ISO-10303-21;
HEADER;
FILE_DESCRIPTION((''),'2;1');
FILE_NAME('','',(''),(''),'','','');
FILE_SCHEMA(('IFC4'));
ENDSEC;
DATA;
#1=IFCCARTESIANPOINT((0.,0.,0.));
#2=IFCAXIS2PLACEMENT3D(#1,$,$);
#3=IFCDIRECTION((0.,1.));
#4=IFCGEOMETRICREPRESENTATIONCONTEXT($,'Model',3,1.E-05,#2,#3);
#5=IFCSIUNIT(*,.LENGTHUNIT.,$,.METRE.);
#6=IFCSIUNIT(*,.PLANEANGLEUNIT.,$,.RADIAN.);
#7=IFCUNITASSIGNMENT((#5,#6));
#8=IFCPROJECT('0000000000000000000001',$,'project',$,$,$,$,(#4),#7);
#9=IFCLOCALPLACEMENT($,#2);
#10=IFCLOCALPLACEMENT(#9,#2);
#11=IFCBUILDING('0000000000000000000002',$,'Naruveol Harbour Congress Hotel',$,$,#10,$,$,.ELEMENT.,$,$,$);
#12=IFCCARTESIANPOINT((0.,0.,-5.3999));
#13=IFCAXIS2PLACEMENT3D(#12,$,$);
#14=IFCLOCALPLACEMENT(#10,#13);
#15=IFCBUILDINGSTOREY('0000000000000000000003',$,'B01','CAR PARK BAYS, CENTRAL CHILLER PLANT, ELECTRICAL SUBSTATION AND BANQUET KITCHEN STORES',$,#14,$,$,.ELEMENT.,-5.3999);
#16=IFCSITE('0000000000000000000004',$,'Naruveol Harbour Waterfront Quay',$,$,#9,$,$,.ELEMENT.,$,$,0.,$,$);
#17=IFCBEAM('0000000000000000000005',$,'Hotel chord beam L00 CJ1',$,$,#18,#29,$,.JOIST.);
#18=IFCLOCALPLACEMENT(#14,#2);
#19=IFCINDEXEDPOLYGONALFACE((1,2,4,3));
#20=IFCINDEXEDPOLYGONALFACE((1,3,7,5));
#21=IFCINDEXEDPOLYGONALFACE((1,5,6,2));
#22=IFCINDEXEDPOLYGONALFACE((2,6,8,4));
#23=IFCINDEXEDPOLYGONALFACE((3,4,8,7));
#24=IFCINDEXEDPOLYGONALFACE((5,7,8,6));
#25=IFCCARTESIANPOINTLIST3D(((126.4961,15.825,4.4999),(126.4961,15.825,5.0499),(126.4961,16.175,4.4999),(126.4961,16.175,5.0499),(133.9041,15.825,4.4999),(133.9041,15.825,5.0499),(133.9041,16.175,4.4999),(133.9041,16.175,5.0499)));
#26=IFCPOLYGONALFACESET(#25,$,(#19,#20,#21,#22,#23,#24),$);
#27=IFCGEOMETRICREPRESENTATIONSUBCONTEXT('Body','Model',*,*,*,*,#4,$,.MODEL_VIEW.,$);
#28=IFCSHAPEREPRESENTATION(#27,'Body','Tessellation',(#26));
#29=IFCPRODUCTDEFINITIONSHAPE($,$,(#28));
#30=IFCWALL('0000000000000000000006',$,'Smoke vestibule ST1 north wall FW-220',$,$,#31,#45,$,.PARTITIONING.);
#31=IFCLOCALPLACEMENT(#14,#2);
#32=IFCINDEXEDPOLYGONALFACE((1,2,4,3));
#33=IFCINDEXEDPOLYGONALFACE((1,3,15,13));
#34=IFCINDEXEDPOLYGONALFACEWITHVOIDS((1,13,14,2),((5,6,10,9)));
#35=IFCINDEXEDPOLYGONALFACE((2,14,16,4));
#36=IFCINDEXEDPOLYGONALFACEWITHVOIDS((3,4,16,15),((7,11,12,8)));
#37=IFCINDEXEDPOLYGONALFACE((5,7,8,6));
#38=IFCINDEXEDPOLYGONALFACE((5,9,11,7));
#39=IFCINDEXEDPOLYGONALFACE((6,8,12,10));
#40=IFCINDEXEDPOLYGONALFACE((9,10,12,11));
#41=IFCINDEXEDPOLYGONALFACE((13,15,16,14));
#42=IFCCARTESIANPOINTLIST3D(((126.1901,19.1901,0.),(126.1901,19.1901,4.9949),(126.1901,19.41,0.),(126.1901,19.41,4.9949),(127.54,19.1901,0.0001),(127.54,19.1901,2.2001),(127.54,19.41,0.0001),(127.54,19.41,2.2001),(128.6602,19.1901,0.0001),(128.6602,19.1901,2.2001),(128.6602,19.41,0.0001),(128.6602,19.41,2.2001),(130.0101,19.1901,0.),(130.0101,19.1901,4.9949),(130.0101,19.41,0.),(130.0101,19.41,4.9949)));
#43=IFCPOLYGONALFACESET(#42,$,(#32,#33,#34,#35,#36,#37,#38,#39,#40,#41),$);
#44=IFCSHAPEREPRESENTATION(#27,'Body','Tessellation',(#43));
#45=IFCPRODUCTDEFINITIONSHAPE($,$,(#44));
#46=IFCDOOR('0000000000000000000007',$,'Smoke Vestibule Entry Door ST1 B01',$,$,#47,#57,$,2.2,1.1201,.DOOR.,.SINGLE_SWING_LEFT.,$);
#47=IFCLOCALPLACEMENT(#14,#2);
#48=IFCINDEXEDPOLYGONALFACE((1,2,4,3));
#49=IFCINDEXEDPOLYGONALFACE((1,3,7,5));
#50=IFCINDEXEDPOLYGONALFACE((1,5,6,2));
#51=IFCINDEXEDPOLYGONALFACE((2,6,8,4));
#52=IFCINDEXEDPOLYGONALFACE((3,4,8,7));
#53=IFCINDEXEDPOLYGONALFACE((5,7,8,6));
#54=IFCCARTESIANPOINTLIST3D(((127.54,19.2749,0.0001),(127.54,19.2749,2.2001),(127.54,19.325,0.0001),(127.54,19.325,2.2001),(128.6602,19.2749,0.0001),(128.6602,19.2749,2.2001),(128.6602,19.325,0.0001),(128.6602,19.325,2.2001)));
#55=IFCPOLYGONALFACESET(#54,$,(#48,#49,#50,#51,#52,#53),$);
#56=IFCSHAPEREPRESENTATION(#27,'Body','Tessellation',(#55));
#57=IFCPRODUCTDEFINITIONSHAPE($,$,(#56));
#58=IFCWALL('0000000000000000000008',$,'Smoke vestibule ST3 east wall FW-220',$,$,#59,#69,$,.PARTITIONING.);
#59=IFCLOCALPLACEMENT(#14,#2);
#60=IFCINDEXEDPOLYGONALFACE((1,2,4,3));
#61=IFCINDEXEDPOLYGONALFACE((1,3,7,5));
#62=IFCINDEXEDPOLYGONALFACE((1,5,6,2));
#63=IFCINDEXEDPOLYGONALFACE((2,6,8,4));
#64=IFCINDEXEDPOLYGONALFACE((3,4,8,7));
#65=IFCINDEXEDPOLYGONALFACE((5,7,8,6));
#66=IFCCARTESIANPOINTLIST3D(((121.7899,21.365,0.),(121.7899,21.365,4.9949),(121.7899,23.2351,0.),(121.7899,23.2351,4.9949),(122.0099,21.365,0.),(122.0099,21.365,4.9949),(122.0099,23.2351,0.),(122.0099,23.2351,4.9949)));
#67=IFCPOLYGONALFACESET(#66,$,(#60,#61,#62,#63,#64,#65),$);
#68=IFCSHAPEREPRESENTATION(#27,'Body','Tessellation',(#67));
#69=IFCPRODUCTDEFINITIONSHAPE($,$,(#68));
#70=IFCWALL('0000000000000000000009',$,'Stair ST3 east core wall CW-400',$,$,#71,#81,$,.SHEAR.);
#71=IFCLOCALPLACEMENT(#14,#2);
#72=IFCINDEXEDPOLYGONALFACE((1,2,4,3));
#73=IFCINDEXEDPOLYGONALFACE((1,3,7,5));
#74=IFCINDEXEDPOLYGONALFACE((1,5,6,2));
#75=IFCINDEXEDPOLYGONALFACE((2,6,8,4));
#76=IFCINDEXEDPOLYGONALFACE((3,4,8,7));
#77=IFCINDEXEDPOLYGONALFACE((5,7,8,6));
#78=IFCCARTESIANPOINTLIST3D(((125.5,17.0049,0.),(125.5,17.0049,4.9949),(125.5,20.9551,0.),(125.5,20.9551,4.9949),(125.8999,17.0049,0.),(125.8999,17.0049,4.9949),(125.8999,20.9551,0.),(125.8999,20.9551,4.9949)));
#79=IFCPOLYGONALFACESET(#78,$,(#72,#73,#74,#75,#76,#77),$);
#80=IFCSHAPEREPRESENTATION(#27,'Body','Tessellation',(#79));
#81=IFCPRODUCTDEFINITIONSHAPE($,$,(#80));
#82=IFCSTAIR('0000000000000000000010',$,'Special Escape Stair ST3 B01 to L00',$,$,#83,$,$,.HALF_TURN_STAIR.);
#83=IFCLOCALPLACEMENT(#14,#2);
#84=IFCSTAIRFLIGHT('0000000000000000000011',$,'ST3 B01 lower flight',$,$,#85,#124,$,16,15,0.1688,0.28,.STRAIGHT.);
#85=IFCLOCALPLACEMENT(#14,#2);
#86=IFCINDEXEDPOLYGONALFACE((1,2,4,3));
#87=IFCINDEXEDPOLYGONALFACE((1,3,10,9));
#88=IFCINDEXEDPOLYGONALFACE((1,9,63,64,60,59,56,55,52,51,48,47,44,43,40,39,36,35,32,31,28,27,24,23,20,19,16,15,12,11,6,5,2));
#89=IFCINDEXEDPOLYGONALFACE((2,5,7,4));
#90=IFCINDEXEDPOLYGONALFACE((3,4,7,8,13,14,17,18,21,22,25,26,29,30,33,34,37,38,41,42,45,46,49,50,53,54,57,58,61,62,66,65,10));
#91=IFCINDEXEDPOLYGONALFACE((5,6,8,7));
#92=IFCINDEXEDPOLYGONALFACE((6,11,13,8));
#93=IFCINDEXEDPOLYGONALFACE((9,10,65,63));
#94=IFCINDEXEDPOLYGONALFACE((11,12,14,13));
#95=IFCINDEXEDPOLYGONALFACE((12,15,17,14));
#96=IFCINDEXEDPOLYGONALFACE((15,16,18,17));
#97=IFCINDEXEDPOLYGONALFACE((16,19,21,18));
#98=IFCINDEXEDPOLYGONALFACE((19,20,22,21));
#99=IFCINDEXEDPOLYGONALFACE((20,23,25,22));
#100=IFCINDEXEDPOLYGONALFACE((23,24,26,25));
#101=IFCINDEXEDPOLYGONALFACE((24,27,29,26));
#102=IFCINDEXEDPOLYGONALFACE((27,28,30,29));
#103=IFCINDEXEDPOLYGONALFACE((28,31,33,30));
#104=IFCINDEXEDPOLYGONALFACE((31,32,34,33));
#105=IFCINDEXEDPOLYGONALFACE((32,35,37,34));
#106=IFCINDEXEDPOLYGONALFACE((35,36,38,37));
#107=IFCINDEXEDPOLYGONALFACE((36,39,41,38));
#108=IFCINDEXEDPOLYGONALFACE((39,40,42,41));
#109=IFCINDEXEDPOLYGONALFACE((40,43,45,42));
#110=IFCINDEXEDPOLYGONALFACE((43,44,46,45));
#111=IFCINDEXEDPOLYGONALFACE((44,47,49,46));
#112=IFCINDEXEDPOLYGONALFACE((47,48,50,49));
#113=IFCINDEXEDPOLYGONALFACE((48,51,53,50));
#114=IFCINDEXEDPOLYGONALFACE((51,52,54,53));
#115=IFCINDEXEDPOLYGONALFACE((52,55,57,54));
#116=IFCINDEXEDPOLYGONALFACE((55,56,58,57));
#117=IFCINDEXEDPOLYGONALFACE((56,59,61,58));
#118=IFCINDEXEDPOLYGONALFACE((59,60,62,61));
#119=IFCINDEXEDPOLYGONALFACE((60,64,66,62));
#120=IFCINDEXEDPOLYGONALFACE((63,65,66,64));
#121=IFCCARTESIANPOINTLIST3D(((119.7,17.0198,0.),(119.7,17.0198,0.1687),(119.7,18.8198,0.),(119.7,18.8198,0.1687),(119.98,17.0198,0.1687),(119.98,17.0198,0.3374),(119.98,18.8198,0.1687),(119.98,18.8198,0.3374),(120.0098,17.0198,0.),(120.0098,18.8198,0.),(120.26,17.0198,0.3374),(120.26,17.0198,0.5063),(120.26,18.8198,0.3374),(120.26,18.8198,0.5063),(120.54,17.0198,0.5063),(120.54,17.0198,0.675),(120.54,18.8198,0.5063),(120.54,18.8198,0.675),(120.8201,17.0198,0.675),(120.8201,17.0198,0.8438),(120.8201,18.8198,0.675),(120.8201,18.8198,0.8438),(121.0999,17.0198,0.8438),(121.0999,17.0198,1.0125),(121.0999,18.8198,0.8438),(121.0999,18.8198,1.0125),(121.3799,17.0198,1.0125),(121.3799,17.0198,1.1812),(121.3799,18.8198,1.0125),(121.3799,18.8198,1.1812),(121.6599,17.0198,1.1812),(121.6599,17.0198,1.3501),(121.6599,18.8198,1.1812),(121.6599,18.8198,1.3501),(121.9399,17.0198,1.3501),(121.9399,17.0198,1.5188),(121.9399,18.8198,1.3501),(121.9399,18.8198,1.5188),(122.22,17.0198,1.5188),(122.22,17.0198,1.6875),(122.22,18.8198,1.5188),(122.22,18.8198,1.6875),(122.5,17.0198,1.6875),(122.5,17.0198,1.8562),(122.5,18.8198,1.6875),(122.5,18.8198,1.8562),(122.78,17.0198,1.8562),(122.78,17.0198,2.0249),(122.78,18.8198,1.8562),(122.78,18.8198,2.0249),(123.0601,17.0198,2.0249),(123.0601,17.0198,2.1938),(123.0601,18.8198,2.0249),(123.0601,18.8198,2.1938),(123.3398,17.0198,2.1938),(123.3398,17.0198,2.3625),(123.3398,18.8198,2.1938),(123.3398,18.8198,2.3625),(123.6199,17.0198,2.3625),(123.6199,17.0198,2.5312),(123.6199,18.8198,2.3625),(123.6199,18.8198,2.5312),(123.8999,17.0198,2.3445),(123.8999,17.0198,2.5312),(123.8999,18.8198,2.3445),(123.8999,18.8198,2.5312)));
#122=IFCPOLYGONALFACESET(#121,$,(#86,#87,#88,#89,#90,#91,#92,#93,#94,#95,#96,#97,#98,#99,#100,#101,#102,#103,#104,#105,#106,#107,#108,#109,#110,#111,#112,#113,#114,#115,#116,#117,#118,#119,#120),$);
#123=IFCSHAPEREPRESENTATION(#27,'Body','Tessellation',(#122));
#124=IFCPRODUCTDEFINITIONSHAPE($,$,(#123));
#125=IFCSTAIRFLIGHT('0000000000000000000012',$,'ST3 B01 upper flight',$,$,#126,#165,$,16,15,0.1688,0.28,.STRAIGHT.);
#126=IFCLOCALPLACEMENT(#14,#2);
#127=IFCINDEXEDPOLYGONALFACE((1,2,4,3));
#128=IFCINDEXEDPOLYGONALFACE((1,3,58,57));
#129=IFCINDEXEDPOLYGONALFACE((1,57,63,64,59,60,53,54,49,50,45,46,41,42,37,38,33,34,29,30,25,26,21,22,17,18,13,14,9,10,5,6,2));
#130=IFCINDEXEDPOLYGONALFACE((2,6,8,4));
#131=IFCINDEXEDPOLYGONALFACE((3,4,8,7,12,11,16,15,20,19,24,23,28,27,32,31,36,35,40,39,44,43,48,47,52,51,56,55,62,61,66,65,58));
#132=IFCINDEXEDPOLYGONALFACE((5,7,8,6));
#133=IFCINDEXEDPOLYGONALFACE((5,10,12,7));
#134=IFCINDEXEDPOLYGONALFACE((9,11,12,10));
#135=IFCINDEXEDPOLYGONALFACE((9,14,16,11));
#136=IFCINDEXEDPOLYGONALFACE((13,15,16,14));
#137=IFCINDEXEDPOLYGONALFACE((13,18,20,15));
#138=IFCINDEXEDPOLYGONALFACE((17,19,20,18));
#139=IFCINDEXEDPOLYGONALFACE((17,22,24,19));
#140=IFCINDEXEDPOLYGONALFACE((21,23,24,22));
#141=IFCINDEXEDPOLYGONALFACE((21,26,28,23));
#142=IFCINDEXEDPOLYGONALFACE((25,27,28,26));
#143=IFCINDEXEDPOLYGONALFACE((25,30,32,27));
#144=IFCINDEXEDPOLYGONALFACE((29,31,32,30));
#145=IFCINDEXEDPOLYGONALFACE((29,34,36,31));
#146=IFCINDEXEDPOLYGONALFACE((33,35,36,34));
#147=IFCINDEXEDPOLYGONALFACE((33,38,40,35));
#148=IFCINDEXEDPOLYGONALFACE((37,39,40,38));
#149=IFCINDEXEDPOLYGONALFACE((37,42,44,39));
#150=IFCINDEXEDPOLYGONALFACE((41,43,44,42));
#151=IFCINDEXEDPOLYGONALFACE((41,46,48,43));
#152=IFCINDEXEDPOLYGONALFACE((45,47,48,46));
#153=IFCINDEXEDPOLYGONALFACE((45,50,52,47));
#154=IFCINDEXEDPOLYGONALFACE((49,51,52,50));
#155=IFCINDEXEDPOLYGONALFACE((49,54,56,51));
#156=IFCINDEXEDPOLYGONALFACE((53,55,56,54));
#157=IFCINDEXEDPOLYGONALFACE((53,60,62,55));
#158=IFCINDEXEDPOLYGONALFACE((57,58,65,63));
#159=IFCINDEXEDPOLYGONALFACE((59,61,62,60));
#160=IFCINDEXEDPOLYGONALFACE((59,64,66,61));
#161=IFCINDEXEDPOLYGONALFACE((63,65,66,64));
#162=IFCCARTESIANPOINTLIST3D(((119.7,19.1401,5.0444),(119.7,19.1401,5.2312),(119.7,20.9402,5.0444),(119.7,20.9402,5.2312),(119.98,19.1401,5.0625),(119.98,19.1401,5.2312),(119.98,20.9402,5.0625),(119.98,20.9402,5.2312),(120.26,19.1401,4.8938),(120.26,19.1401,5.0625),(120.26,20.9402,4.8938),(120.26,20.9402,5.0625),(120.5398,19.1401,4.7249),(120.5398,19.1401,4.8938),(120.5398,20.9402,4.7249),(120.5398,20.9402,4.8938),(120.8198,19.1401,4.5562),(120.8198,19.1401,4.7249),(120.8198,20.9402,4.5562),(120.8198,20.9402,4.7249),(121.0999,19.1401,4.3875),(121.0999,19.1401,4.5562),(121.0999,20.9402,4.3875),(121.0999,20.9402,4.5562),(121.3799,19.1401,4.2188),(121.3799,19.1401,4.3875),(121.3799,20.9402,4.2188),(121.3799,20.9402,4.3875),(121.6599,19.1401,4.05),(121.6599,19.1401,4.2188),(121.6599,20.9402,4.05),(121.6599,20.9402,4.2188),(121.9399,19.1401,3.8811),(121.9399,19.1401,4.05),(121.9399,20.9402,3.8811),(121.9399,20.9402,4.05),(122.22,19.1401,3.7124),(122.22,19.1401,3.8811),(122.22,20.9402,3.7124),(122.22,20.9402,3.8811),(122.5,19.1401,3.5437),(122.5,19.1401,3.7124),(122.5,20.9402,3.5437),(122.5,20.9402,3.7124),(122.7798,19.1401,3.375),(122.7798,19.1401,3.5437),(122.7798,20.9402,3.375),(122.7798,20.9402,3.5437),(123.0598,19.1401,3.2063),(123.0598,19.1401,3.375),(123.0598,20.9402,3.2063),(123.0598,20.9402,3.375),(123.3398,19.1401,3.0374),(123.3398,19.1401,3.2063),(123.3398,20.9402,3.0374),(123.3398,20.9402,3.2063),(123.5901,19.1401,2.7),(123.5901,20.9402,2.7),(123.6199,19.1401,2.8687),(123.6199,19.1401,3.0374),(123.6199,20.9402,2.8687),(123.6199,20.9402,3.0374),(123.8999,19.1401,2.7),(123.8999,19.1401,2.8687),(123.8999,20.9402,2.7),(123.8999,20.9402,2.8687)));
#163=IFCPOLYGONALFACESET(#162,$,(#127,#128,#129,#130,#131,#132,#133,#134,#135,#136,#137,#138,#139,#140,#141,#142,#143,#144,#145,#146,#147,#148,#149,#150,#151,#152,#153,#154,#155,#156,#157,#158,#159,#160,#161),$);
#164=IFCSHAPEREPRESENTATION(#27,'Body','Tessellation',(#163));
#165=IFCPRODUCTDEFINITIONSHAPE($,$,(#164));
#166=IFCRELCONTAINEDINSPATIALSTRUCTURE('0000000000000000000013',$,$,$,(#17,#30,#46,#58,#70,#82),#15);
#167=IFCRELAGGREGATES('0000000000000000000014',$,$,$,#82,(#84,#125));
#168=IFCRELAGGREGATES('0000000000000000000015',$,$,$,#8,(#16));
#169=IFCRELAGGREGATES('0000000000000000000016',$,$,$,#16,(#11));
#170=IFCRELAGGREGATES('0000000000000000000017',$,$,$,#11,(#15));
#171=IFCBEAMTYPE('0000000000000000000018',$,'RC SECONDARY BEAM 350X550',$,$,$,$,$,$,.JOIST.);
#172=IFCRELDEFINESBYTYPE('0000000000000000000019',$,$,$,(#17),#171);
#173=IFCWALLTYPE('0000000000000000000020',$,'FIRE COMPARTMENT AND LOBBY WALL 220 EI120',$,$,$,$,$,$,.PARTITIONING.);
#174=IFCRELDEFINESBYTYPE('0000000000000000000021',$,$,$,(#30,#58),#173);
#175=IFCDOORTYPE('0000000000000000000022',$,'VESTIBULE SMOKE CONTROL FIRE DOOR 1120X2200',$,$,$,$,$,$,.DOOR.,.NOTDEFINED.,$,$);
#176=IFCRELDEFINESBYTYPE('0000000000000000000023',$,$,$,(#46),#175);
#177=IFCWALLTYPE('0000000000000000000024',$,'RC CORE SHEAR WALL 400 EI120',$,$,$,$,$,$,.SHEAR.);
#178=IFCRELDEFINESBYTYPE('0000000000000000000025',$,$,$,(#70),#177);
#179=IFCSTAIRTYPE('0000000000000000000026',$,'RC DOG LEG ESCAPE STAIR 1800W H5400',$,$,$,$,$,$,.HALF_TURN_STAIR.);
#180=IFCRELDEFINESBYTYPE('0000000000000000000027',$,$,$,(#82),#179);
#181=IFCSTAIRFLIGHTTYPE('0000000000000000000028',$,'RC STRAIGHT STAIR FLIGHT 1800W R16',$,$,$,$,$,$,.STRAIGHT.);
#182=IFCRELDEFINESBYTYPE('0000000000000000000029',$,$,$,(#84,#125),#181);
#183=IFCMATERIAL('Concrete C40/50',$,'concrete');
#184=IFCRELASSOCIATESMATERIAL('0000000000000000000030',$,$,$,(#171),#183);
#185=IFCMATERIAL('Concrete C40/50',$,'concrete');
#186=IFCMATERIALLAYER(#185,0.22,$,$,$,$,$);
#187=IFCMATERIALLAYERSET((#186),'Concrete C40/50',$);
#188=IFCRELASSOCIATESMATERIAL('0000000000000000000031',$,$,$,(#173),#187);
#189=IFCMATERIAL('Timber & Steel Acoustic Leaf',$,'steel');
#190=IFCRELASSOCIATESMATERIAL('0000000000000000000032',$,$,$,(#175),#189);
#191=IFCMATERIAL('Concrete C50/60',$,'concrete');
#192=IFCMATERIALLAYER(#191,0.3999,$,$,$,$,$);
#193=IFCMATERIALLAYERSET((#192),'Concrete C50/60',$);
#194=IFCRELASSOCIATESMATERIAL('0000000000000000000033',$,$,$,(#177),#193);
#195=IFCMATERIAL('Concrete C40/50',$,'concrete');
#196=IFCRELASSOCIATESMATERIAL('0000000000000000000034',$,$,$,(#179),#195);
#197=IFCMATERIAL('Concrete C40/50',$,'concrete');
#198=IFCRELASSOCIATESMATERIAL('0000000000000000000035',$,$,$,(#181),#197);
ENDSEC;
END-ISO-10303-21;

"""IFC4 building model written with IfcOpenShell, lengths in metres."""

from ifc_helpers import new_model, si_unit, direction, frame, frame_2d, origin, origin_2d, place, context, subcontext, project, spatial, polyline, rectangle, outline, extrude, material, layer, layer_set, material_profile, profile_set, type_object, element, fill, aggregate, save


model = new_model("IFC4")

# Units and contexts
model_context = context("Model", 3, precision=1e-05, world=origin(), true_north=direction((0.0, 1.0)))
body_context = subcontext(model_context, "Body", "Model", "MODEL_VIEW")
ifc_project = project(units=[si_unit("LENGTHUNIT", "METRE"), si_unit("PLANEANGLEUNIT", "RADIAN")], contexts=[model_context])

# Site, building, storey
site_placement = place(None, origin())
site = spatial("IfcSite", under=ifc_project, at=site_placement, Name="Naruveol Harbour Waterfront Quay", CompositionType="ELEMENT", RefElevation=0.0)
building_placement = place(site_placement, origin())
building = spatial("IfcBuilding", under=site, at=building_placement, Name="Naruveol Harbour Congress Hotel", CompositionType="ELEMENT")
storey_placement = place(building_placement, frame((0.0, 0.0, -5.3999)))
storey = spatial("IfcBuildingStorey", under=building, at=storey_placement, Name="B01", Description="CAR PARK BAYS, CENTRAL CHILLER PLANT, ELECTRICAL SUBSTATION AND BANQUET KITCHEN STORES", CompositionType="ELEMENT", Elevation=-5.3999)

# Beam
ifc_material_1 = material(Name="Concrete C40/50", Category="concrete")
ifc_material_profile_1 = material_profile(ifc_material_1, rectangle(XDim=0.3501, YDim=0.55, at=origin_2d()), Name="RCB-350x550")
ifc_profile_set_1 = profile_set([ifc_material_profile_1], Name="Concrete C40/50")
beam_type_1 = type_object("IfcBeamType", Name="RC SECONDARY BEAM 350X550", PredefinedType="JOIST", material=ifc_profile_set_1)
beam_1_placement = place(storey_placement, frame((126.4961, 16.0, 4.7749), z_axis=(1.0, 0.0, 0.0), x_axis=(0.0, 1.0, 0.0)))
element("IfcBeam", 1, at=beam_1_placement, inside=storey, type_object=beam_type_1, Name="Hotel chord beam L00 CJ1", PredefinedType="JOIST", context=body_context, shape_type="SweptSolid", body=[
    extrude(rectangle(XDim=0.3501, YDim=0.55, at=origin_2d()), origin(), (0.0, 0.0, 1.0), 7.408),
])

# Wall, opening, door
ifc_material_2 = material(Name="Concrete C40/50", Category="concrete")
ifc_layer_1 = layer(ifc_material_2, 0.22)
ifc_layer_set_1 = layer_set([ifc_layer_1], Name="Concrete C40/50")
wall_type_1 = type_object("IfcWallType", Name="FIRE COMPARTMENT AND LOBBY WALL 220 EI120", PredefinedType="PARTITIONING", material=ifc_layer_set_1)
wall_1_placement = place(storey_placement, frame((126.1899, 19.3, 0.0), z_axis=(0.0, 0.0, 1.0), x_axis=(1.0, 0.0, 0.0)))
wall_1 = element("IfcWall", 2, at=wall_1_placement, inside=storey, type_object=wall_type_1, Name="Smoke vestibule ST1 north wall FW-220", PredefinedType="PARTITIONING", context=body_context, shape_type="SweptSolid", body=[
    extrude(rectangle(XDim=3.8201, YDim=0.22, at=frame_2d((1.9102, 0.0))), origin(), (0.0, 0.0, 1.0), 4.9949),
])
opening_placement = place(wall_1_placement, frame((1.3501, 0.0, 0.0)))
opening = element("IfcOpeningElement", 3, at=opening_placement, cuts=wall_1, PredefinedType="OPENING", context=body_context, shape_type="SweptSolid", body=[
    extrude(rectangle(XDim=1.1201, YDim=2.2, at=frame_2d((0.5601, 1.1001))), frame((0.0, 0.1199, 0.0), z_axis=(0.0, -1.0, 0.0), x_axis=(1.0, 0.0, 0.0)), (0.0, 0.0, 1.0), 0.24),
])
ifc_material_3 = material(Name="Timber & Steel Acoustic Leaf", Category="steel")
door_type = type_object("IfcDoorType", Name="VESTIBULE SMOKE CONTROL FIRE DOOR 1120X2200", OperationType="NOTDEFINED", PredefinedType="DOOR", material=ifc_material_3)
door_placement = place(opening_placement, origin())
door = element("IfcDoor", 4, at=door_placement, inside=storey, type_object=door_type, Name="Smoke Vestibule Entry Door ST1 B01", OperationType="SINGLE_SWING_LEFT", OverallHeight=2.2, OverallWidth=1.1201, PredefinedType="DOOR", context=body_context, shape_type="SweptSolid", body=[
    extrude(rectangle(XDim=1.1201, YDim=2.2, at=frame_2d((0.5601, 1.1001))), frame((0.0, 0.0249, 0.0), z_axis=(0.0, -1.0, 0.0), x_axis=(1.0, 0.0, 0.0)), (0.0, 0.0, 1.0), 0.05),
])
fill(opening, door)

# Walls
wall_2_placement = place(storey_placement, frame((121.8999, 21.365, 0.0), z_axis=(0.0, 0.0, 1.0), x_axis=(0.0, 1.0, 0.0)))
element("IfcWall", 5, at=wall_2_placement, inside=storey, type_object=wall_type_1, Name="Smoke vestibule ST3 east wall FW-220", PredefinedType="PARTITIONING", context=body_context, shape_type="SweptSolid", body=[
    extrude(rectangle(XDim=1.8701, YDim=0.22, at=frame_2d((0.9351, 0.0))), origin(), (0.0, 0.0, 1.0), 4.9949),
])
ifc_material_4 = material(Name="Concrete C50/60", Category="concrete")
ifc_layer_2 = layer(ifc_material_4, 0.3999)
ifc_layer_set_2 = layer_set([ifc_layer_2], Name="Concrete C50/60")
wall_type_2 = type_object("IfcWallType", Name="RC CORE SHEAR WALL 400 EI120", PredefinedType="SHEAR", material=ifc_layer_set_2)
wall_3_placement = place(storey_placement, frame((125.7, 17.0049, 0.0), z_axis=(0.0, 0.0, 1.0), x_axis=(0.0, 1.0, 0.0)))
element("IfcWall", 6, at=wall_3_placement, inside=storey, type_object=wall_type_2, Name="Stair ST3 east core wall CW-400", PredefinedType="SHEAR", context=body_context, shape_type="SweptSolid", body=[
    extrude(rectangle(XDim=3.9502, YDim=0.3999, at=frame_2d((1.9751, 0.0))), origin(), (0.0, 0.0, 1.0), 4.9949),
])

# Stair, stair flights
ifc_material_5 = material(Name="Concrete C40/50", Category="concrete")
stair_type = type_object("IfcStairType", Name="RC DOG LEG ESCAPE STAIR 1800W H5400", PredefinedType="HALF_TURN_STAIR", material=ifc_material_5)
stair_placement = place(storey_placement, origin())
stair = element("IfcStair", 7, at=stair_placement, inside=storey, type_object=stair_type, Name="Special Escape Stair ST3 B01 to L00", PredefinedType="HALF_TURN_STAIR")
ifc_material_6 = material(Name="Concrete C40/50", Category="concrete")
stair_flight_type = type_object("IfcStairFlightType", Name="RC STRAIGHT STAIR FLIGHT 1800W R16", PredefinedType="STRAIGHT", material=ifc_material_6)
stair_flight_1_placement = place(storey_placement, frame((119.7, 17.9199, 0.0), z_axis=(0.0, 0.0, 1.0), x_axis=(1.0, 0.0, 0.0)))
stair_flight_1 = element("IfcStairFlight", 8, at=stair_flight_1_placement, type_object=stair_flight_type, Name="ST3 B01 lower flight", NumberOfRisers=16, NumberOfTreads=15, PredefinedType="STRAIGHT", RiserHeight=0.1688, TreadLength=0.28, context=body_context, shape_type="SweptSolid", body=[
    extrude(outline(polyline([(0.0, 0.0), (0.0, 0.1687), (0.28, 0.1687), (0.28, 0.3374), (0.5601, 0.3374), (0.5601, 0.5063), (0.8401, 0.5063), (0.8401, 0.675), (1.1201, 0.675), (1.1201, 0.8438), (1.3999, 0.8438), (1.3999, 1.0125), (1.6799, 1.0125), (1.6799, 1.1812), (1.96, 1.1812), (1.96, 1.3501), (2.24, 1.3501), (2.24, 1.5188), (2.52, 1.5188), (2.52, 1.6875), (2.8, 1.6875), (2.8, 1.8562), (3.0801, 1.8562), (3.0801, 2.0249), (3.3601, 2.0249), (3.3601, 2.1938), (3.6399, 2.1938), (3.6399, 2.3625), (3.9199, 2.3625), (3.9199, 2.5312), (4.2, 2.5312), (4.2, 2.7), (4.2, 2.3445), (0.3098, 0.0), (0.0, 0.0)])), frame((0.0, 0.8999, 0.0), z_axis=(0.0, -1.0, 0.0), x_axis=(1.0, 0.0, 0.0)), (0.0, 0.0, 1.0), 1.8),
])
stair_flight_2_placement = place(storey_placement, frame((123.8999, 20.04, 2.7), z_axis=(0.0, 0.0, 1.0), x_axis=(-1.0, 0.0, 0.0)))
stair_flight_2 = element("IfcStairFlight", 9, at=stair_flight_2_placement, type_object=stair_flight_type, Name="ST3 B01 upper flight", NumberOfRisers=16, NumberOfTreads=15, PredefinedType="STRAIGHT", RiserHeight=0.1688, TreadLength=0.28, context=body_context, shape_type="SweptSolid", body=[
    extrude(outline(polyline([(0.0, 0.0), (0.0, 0.1687), (0.28, 0.1687), (0.28, 0.3374), (0.5601, 0.3374), (0.5601, 0.5063), (0.8401, 0.5063), (0.8401, 0.675), (1.1201, 0.675), (1.1201, 0.8438), (1.3999, 0.8438), (1.3999, 1.0125), (1.6799, 1.0125), (1.6799, 1.1812), (1.96, 1.1812), (1.96, 1.3501), (2.24, 1.3501), (2.24, 1.5188), (2.52, 1.5188), (2.52, 1.6875), (2.8, 1.6875), (2.8, 1.8562), (3.0801, 1.8562), (3.0801, 2.0249), (3.3601, 2.0249), (3.3601, 2.1938), (3.6399, 2.1938), (3.6399, 2.3625), (3.9199, 2.3625), (3.9199, 2.5312), (4.2, 2.5312), (4.2, 2.7), (4.2, 2.3445), (0.3098, 0.0), (0.0, 0.0)])), frame((0.0, 0.8999, 0.0), z_axis=(0.0, -1.0, 0.0), x_axis=(1.0, 0.0, 0.0)), (0.0, 0.0, 1.0), 1.8),
])
aggregate(stair, [stair_flight_1, stair_flight_2])

save(model, "model.ifc")
